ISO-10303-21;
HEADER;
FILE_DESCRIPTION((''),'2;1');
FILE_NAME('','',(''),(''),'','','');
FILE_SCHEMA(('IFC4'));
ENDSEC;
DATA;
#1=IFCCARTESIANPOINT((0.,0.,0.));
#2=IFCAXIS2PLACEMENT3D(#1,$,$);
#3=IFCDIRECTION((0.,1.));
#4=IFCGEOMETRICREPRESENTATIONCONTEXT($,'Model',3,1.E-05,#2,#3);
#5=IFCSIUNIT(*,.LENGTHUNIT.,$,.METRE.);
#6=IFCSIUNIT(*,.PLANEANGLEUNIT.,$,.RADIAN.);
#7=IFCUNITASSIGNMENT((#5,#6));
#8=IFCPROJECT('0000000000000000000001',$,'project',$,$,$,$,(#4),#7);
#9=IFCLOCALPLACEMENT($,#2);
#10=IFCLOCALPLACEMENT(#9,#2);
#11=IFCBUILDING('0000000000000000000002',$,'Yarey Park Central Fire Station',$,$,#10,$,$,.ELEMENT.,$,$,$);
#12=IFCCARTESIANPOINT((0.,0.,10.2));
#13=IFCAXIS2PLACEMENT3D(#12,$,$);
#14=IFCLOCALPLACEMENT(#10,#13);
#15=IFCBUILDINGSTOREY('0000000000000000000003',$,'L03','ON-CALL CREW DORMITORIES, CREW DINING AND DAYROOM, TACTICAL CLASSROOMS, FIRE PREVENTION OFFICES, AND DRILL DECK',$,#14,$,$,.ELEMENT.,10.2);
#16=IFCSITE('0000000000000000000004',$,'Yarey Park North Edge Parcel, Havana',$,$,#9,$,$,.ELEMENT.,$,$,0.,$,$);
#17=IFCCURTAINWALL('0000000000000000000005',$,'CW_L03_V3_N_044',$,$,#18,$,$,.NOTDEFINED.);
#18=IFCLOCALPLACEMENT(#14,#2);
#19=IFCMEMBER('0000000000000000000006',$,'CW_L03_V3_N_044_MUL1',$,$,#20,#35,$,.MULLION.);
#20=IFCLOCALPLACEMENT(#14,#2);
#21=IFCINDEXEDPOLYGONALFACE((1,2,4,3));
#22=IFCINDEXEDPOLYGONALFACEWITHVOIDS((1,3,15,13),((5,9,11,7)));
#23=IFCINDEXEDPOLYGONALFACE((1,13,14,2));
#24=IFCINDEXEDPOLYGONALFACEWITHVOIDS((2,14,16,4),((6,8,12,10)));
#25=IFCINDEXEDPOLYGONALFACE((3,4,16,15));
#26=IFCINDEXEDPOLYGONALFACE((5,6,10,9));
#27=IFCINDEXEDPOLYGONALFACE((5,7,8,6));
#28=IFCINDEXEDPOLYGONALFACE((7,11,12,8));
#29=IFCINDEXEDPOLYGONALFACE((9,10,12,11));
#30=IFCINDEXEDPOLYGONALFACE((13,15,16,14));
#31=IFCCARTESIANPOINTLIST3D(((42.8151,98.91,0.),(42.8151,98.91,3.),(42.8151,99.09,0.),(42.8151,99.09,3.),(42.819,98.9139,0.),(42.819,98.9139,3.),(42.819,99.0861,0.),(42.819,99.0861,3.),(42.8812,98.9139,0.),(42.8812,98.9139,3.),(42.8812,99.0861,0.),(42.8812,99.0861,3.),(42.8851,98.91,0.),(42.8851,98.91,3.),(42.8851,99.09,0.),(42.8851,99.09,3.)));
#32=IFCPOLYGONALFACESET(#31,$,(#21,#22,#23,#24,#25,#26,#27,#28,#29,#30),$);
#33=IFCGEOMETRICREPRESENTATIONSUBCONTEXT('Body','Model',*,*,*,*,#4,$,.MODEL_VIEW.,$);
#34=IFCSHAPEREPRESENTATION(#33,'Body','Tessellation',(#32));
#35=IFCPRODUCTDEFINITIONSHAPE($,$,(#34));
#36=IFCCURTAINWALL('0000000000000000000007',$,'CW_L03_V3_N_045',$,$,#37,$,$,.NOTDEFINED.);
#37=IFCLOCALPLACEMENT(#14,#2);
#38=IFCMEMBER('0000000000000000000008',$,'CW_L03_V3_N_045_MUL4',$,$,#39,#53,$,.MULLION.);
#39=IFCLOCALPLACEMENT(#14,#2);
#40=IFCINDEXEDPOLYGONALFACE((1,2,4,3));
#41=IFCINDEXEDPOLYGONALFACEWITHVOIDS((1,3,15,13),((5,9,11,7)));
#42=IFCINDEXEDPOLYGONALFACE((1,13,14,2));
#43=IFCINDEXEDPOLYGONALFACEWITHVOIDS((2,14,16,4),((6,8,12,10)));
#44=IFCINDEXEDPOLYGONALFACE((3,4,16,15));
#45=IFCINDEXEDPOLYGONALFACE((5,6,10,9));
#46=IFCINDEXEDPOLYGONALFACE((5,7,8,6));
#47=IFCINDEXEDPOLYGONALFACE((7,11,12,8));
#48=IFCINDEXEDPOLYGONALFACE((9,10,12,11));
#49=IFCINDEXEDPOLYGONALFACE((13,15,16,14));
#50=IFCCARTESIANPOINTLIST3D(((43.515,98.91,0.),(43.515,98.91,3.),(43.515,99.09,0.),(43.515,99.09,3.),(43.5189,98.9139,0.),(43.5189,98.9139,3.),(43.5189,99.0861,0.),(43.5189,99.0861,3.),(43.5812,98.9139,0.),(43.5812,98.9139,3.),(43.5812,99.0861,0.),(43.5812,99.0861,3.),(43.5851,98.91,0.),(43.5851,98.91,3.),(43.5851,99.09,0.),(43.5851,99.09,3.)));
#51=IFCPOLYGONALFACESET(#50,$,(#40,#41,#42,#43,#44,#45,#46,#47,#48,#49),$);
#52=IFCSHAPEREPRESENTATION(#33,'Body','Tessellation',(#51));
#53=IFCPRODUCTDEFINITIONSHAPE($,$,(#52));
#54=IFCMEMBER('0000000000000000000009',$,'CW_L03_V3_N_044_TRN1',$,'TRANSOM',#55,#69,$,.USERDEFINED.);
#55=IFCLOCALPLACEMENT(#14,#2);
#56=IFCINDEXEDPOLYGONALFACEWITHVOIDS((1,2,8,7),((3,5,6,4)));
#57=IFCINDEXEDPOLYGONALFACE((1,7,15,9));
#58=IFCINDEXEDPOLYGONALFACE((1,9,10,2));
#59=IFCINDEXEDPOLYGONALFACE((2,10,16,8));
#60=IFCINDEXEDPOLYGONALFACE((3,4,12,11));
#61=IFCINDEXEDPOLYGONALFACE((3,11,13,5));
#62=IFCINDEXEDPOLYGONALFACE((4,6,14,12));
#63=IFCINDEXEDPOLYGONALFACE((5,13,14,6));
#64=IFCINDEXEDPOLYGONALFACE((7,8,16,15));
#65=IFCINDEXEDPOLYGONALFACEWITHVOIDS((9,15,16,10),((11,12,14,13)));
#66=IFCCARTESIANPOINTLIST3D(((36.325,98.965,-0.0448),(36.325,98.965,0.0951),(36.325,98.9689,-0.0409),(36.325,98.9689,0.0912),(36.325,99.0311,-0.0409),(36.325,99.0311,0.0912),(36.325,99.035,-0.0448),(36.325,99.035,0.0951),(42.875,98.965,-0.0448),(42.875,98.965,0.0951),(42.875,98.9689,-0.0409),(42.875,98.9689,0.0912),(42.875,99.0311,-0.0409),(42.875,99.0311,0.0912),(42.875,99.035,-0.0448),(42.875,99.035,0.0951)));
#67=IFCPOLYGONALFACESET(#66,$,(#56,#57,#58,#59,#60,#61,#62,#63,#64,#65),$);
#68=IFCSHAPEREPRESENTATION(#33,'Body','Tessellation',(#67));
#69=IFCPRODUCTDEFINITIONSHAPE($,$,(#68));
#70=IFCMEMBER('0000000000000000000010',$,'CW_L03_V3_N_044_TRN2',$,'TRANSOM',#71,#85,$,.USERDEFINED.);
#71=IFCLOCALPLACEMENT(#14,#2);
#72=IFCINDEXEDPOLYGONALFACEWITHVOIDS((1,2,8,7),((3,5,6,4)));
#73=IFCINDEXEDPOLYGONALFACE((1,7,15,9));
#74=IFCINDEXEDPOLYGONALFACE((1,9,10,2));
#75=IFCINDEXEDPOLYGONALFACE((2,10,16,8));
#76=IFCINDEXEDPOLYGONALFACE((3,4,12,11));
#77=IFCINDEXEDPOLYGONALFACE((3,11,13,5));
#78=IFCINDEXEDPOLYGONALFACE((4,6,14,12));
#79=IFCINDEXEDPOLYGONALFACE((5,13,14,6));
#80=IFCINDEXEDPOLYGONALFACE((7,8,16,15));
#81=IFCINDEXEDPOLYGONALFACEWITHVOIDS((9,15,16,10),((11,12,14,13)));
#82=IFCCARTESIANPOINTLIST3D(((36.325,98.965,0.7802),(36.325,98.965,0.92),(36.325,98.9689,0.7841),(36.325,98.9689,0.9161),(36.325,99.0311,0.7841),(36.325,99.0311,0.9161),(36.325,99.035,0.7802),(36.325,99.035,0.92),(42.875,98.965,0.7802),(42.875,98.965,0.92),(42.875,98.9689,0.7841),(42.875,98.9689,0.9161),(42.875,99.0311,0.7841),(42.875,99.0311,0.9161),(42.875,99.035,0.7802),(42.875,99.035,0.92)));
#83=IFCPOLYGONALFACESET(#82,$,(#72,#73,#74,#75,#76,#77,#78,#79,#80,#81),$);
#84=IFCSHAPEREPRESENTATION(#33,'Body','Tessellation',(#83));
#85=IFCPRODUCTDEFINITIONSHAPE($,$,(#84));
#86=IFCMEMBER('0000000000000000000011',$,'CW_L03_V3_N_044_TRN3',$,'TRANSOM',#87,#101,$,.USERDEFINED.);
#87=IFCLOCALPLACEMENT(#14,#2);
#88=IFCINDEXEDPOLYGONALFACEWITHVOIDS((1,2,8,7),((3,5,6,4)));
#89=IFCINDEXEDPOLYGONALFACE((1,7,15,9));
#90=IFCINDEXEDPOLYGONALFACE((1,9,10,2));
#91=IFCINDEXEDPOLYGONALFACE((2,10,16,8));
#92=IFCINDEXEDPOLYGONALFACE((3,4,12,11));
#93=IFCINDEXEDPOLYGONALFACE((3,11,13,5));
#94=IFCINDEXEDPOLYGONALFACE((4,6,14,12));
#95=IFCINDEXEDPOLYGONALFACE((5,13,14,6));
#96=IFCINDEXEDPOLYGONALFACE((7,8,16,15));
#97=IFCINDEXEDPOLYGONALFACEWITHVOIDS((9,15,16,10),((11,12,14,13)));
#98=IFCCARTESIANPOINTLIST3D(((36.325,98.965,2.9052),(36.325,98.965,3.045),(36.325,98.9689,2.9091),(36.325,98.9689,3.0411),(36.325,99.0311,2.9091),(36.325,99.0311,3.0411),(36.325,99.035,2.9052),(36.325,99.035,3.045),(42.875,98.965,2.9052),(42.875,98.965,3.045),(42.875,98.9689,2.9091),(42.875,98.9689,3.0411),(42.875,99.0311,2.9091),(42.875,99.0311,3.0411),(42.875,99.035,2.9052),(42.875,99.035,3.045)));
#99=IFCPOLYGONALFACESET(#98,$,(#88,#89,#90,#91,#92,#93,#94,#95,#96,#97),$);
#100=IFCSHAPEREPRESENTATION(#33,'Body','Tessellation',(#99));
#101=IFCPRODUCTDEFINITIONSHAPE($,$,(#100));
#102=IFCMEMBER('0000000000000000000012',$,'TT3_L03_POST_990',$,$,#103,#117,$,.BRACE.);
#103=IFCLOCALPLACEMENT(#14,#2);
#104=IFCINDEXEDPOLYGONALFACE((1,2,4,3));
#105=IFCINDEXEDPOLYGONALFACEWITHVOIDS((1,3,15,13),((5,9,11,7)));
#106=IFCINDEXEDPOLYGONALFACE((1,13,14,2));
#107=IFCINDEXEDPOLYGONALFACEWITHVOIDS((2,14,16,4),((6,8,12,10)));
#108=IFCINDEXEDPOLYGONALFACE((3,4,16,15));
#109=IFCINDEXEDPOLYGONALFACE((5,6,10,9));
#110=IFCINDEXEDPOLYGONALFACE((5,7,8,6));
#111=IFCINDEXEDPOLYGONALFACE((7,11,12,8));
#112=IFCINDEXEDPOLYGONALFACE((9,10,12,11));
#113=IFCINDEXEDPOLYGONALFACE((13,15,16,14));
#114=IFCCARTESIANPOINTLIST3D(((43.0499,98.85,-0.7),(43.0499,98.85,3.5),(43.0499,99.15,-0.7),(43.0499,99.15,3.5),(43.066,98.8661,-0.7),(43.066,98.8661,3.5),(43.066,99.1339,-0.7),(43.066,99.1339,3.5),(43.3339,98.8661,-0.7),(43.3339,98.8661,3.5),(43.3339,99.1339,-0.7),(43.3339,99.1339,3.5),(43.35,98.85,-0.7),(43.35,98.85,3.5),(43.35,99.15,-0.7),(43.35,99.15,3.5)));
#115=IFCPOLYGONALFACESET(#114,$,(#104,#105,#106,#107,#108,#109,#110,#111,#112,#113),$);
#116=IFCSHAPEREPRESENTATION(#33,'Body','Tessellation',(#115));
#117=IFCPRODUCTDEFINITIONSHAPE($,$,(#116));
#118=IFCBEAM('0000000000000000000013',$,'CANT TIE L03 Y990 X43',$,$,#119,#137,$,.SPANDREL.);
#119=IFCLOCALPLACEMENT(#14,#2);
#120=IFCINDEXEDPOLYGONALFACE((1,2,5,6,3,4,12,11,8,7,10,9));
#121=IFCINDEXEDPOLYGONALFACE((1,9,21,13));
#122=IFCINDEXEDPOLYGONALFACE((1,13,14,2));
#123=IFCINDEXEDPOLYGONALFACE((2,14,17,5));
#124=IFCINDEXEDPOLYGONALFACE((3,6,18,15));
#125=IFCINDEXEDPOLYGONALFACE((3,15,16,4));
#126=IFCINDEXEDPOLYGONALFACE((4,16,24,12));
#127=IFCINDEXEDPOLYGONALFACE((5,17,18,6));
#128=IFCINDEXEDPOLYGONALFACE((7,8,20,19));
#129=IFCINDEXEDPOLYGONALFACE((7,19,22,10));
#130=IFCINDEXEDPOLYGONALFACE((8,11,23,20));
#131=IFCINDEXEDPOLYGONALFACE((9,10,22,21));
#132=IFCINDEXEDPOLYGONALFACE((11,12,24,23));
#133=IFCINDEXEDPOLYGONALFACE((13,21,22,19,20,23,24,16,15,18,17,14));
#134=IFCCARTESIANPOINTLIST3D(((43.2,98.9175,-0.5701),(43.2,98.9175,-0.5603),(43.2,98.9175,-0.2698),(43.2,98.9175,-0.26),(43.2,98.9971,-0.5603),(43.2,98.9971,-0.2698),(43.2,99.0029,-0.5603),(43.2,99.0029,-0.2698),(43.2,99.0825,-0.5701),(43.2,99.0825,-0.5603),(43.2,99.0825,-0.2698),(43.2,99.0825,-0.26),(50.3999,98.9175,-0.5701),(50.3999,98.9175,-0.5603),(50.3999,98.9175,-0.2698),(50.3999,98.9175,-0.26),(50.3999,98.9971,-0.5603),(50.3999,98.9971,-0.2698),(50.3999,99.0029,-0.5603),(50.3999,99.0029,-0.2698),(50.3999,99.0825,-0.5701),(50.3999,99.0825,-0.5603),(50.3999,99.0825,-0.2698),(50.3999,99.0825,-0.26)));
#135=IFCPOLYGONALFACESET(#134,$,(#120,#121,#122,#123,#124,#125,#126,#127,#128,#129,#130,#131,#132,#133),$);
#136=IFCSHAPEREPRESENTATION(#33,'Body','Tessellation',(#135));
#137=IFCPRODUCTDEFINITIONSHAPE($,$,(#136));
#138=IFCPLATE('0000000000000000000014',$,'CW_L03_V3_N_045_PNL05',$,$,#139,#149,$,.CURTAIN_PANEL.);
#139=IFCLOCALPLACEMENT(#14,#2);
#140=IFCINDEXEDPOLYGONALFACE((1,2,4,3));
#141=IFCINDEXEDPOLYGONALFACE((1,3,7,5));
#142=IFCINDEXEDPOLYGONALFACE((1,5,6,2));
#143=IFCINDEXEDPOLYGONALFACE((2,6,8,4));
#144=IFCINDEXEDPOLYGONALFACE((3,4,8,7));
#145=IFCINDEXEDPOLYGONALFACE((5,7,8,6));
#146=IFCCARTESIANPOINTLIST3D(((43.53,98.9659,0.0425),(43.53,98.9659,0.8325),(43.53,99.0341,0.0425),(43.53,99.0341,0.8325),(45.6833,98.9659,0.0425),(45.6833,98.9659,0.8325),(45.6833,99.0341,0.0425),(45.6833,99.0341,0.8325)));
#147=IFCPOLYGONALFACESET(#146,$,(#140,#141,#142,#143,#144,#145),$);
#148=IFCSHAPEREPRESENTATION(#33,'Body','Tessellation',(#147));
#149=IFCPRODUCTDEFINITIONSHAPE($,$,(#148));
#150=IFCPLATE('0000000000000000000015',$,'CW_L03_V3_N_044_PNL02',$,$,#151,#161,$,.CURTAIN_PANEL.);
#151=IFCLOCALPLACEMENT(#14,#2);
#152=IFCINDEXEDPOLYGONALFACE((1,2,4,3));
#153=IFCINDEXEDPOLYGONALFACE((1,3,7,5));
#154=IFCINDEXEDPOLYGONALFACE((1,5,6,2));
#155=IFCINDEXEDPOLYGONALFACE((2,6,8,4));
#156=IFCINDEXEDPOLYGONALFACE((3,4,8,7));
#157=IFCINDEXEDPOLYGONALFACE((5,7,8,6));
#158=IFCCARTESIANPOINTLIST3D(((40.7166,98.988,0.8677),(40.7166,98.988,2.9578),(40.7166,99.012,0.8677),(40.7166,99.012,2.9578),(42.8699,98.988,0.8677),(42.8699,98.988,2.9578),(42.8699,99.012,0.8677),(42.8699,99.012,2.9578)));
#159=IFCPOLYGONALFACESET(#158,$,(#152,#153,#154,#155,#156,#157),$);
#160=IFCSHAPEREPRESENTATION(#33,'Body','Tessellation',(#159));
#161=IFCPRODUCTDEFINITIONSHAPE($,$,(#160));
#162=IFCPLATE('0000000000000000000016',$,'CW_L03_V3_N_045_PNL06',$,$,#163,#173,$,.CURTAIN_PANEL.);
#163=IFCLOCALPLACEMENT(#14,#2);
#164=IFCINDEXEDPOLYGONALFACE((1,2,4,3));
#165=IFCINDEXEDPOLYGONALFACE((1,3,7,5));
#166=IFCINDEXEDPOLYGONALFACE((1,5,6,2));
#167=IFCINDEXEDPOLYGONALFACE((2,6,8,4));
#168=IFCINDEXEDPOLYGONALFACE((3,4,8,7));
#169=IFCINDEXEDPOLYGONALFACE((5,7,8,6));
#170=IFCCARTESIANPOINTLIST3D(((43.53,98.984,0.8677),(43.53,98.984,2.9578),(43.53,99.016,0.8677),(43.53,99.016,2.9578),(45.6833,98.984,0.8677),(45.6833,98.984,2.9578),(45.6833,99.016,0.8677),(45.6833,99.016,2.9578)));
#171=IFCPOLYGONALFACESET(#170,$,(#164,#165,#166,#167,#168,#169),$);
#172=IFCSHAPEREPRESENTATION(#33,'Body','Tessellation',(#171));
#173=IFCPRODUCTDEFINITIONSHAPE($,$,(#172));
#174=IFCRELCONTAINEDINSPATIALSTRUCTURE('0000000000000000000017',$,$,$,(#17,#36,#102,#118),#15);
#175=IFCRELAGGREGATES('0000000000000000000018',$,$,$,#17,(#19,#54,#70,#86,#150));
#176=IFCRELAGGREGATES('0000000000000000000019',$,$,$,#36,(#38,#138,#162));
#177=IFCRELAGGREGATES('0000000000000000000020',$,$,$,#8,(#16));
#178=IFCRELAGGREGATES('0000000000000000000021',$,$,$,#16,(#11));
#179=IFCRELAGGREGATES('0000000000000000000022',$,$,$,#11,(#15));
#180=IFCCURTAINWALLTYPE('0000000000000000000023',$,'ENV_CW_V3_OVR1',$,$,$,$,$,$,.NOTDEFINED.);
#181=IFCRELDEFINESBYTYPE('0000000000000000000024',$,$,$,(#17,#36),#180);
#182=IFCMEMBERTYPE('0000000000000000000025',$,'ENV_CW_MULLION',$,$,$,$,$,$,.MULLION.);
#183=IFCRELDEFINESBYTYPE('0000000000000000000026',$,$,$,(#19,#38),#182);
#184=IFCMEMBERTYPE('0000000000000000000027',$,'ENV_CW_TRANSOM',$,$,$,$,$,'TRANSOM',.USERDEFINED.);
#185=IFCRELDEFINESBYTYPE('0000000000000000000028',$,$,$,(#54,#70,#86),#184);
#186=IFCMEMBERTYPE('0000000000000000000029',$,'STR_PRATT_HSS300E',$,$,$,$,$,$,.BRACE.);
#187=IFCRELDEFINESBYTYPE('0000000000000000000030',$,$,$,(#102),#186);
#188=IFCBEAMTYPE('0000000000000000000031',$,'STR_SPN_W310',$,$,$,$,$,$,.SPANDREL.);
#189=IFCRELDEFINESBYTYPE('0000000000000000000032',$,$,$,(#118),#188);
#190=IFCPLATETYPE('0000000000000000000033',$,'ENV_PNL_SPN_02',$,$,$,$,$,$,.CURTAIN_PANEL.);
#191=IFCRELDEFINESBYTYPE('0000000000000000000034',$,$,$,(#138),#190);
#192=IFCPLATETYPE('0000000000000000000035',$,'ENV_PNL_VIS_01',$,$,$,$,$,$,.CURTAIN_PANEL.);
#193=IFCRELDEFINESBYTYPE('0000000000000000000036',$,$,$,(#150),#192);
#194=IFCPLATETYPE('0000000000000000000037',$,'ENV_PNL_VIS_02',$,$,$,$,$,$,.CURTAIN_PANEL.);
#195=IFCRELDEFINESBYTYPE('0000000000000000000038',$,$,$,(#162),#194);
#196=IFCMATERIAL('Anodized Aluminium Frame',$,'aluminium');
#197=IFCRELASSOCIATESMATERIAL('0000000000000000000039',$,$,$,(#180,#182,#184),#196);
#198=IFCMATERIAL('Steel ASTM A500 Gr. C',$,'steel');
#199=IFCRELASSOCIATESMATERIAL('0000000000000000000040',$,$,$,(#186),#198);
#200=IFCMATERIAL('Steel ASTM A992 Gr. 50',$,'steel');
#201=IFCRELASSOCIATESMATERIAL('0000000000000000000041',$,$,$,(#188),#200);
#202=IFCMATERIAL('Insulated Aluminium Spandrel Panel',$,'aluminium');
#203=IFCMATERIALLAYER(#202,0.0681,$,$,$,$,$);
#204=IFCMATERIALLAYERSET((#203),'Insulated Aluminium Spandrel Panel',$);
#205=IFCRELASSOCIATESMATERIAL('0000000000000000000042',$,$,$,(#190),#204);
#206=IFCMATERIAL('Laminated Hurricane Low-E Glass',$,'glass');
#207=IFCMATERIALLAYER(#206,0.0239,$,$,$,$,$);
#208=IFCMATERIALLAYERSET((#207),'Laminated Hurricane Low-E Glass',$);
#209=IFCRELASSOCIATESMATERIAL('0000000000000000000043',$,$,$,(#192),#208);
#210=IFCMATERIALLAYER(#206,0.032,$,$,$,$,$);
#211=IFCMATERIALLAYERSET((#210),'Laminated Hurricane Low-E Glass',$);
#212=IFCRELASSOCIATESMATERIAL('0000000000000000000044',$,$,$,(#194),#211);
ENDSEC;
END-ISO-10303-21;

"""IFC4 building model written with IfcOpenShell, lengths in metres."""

from ifc_helpers import new_model, si_unit, direction, frame, origin, origin_2d, place, context, subcontext, project, spatial, rectangle, hollow_rectangle, i_section, extrude, material, layer, layer_set, material_profile, profile_set, type_object, element, aggregate, save


model = new_model("IFC4")

# Units and contexts
model_context = context("Model", 3, precision=1e-05, world=origin(), true_north=direction((0.0, 1.0)))
body_context = subcontext(model_context, "Body", "Model", "MODEL_VIEW")
ifc_project = project(units=[si_unit("LENGTHUNIT", "METRE"), si_unit("PLANEANGLEUNIT", "RADIAN")], contexts=[model_context])

# Site, building, storey
site_placement = place(None, origin())
site = spatial("IfcSite", under=ifc_project, at=site_placement, Name="Yarey Park North Edge Parcel, Havana", CompositionType="ELEMENT", RefElevation=0.0)
building_placement = place(site_placement, origin())
building = spatial("IfcBuilding", under=site, at=building_placement, Name="Yarey Park Central Fire Station", CompositionType="ELEMENT")
storey_placement = place(building_placement, frame((0.0, 0.0, 10.2)))
storey = spatial("IfcBuildingStorey", under=building, at=storey_placement, Name="L03", Description="ON-CALL CREW DORMITORIES, CREW DINING AND DAYROOM, TACTICAL CLASSROOMS, FIRE PREVENTION OFFICES, AND DRILL DECK", CompositionType="ELEMENT", Elevation=10.2)

# Curtain walls, members
ifc_material_1 = material(Name="Anodized Aluminium Frame", Category="aluminium")
curtain_wall_type = type_object("IfcCurtainWallType", Name="ENV_CW_V3_OVR1", PredefinedType="NOTDEFINED", material=ifc_material_1)
curtain_wall_1_placement = place(storey_placement, origin())
curtain_wall_1 = element("IfcCurtainWall", 1, at=curtain_wall_1_placement, inside=storey, type_object=curtain_wall_type, Name="CW_L03_V3_N_044", PredefinedType="NOTDEFINED")
ifc_material_profile_1 = material_profile(ifc_material_1, hollow_rectangle(XDim=0.0701, YDim=0.1799, WallThickness=0.0039, at=origin_2d()), Name="ALU 180x70x4")
ifc_profile_set_1 = profile_set([ifc_material_profile_1], Name="Anodized Aluminium Frame")
member_type_1 = type_object("IfcMemberType", Name="ENV_CW_MULLION", PredefinedType="MULLION", material=ifc_profile_set_1)
member_1_placement = place(storey_placement, frame((42.8501, 99.0, 0.0), z_axis=(0.0, 0.0, 1.0), x_axis=(1.0, 0.0, 0.0)))
member_1 = element("IfcMember", 2, at=member_1_placement, type_object=member_type_1, Name="CW_L03_V3_N_044_MUL1", PredefinedType="MULLION", context=body_context, shape_type="SweptSolid", body=[
    extrude(hollow_rectangle(XDim=0.0701, YDim=0.1799, WallThickness=0.0039, at=origin_2d()), origin(), (0.0, 0.0, 1.0), 3.0),
])
curtain_wall_2_placement = place(storey_placement, origin())
curtain_wall_2 = element("IfcCurtainWall", 3, at=curtain_wall_2_placement, inside=storey, type_object=curtain_wall_type, Name="CW_L03_V3_N_045", PredefinedType="NOTDEFINED")
member_2_placement = place(storey_placement, frame((43.55, 99.0, 0.0), z_axis=(0.0, 0.0, 1.0), x_axis=(1.0, 0.0, 0.0)))
member_2 = element("IfcMember", 4, at=member_2_placement, type_object=member_type_1, Name="CW_L03_V3_N_045_MUL4", PredefinedType="MULLION", context=body_context, shape_type="SweptSolid", body=[
    extrude(hollow_rectangle(XDim=0.0701, YDim=0.1799, WallThickness=0.0039, at=origin_2d()), origin(), (0.0, 0.0, 1.0), 3.0),
])

# Members
ifc_material_profile_2 = material_profile(ifc_material_1, hollow_rectangle(XDim=0.0701, YDim=0.1399, WallThickness=0.0039, at=origin_2d()), Name="ALU 140x70x4")
ifc_profile_set_2 = profile_set([ifc_material_profile_2], Name="Anodized Aluminium Frame")
member_type_2 = type_object("IfcMemberType", Name="ENV_CW_TRANSOM", ElementType="TRANSOM", PredefinedType="USERDEFINED", material=ifc_profile_set_2)
member_3_placement = place(storey_placement, frame((42.875, 99.0, 0.0251), z_axis=(-1.0, 0.0, 0.0), x_axis=(0.0, -1.0, 0.0)))
member_3 = element("IfcMember", 5, at=member_3_placement, type_object=member_type_2, Name="CW_L03_V3_N_044_TRN1", ObjectType="TRANSOM", PredefinedType="USERDEFINED", context=body_context, shape_type="SweptSolid", body=[
    extrude(hollow_rectangle(XDim=0.0701, YDim=0.1399, WallThickness=0.0039, at=origin_2d()), origin(), (0.0, 0.0, 1.0), 6.55),
])
member_4_placement = place(storey_placement, frame((42.875, 99.0, 0.8501), z_axis=(-1.0, 0.0, 0.0), x_axis=(0.0, -1.0, 0.0)))
member_4 = element("IfcMember", 6, at=member_4_placement, type_object=member_type_2, Name="CW_L03_V3_N_044_TRN2", ObjectType="TRANSOM", PredefinedType="USERDEFINED", context=body_context, shape_type="SweptSolid", body=[
    extrude(hollow_rectangle(XDim=0.0701, YDim=0.1399, WallThickness=0.0039, at=origin_2d()), origin(), (0.0, 0.0, 1.0), 6.55),
])
member_5_placement = place(storey_placement, frame((42.875, 99.0, 2.9751), z_axis=(-1.0, 0.0, 0.0), x_axis=(0.0, -1.0, 0.0)))
member_5 = element("IfcMember", 7, at=member_5_placement, type_object=member_type_2, Name="CW_L03_V3_N_044_TRN3", ObjectType="TRANSOM", PredefinedType="USERDEFINED", context=body_context, shape_type="SweptSolid", body=[
    extrude(hollow_rectangle(XDim=0.0701, YDim=0.1399, WallThickness=0.0039, at=origin_2d()), origin(), (0.0, 0.0, 1.0), 6.55),
])
ifc_material_2 = material(Name="Steel ASTM A500 Gr. C", Category="steel")
ifc_material_profile_3 = material_profile(ifc_material_2, hollow_rectangle(XDim=0.3, YDim=0.3, WallThickness=0.0161, at=origin_2d()), Name="HSS 300x300x16")
ifc_profile_set_3 = profile_set([ifc_material_profile_3], Name="Steel ASTM A500 Gr. C")
member_type_3 = type_object("IfcMemberType", Name="STR_PRATT_HSS300E", PredefinedType="BRACE", material=ifc_profile_set_3)
member_6_placement = place(storey_placement, frame((43.2, 99.0, -0.7), z_axis=(0.0, 0.0, 1.0), x_axis=(1.0, 0.0, 0.0)))
element("IfcMember", 8, at=member_6_placement, inside=storey, type_object=member_type_3, Name="TT3_L03_POST_990", PredefinedType="BRACE", context=body_context, shape_type="SweptSolid", body=[
    extrude(hollow_rectangle(XDim=0.3, YDim=0.3, WallThickness=0.0161, at=origin_2d()), origin(), (0.0, 0.0, 1.0), 4.2),
])

# Beam
ifc_material_3 = material(Name="Steel ASTM A992 Gr. 50", Category="steel")
ifc_material_profile_4 = material_profile(ifc_material_3, i_section(OverallWidth=0.165, OverallDepth=0.3101, WebThickness=0.0059, FlangeThickness=0.0098, at=origin_2d()), Name="W310x39")
ifc_profile_set_4 = profile_set([ifc_material_profile_4], Name="Steel ASTM A992 Gr. 50")
beam_type = type_object("IfcBeamType", Name="STR_SPN_W310", PredefinedType="SPANDREL", material=ifc_profile_set_4)
beam_placement = place(storey_placement, frame((43.2, 99.0, -0.415), z_axis=(1.0, 0.0, 0.0), x_axis=(0.0, 1.0, 0.0)))
element("IfcBeam", 9, at=beam_placement, inside=storey, type_object=beam_type, Name="CANT TIE L03 Y990 X43", PredefinedType="SPANDREL", context=body_context, shape_type="SweptSolid", body=[
    extrude(i_section(OverallWidth=0.165, OverallDepth=0.3101, WebThickness=0.0059, FlangeThickness=0.0098, at=origin_2d()), origin(), (0.0, 0.0, 1.0), 7.2),
])

# Plates
ifc_material_4 = material(Name="Insulated Aluminium Spandrel Panel", Category="aluminium")
ifc_layer_1 = layer(ifc_material_4, 0.0681)
ifc_layer_set_1 = layer_set([ifc_layer_1], Name="Insulated Aluminium Spandrel Panel")
plate_type_1 = type_object("IfcPlateType", Name="ENV_PNL_SPN_02", PredefinedType="CURTAIN_PANEL", material=ifc_layer_set_1)
plate_1_placement = place(storey_placement, frame((44.6067, 99.0, 0.0425), z_axis=(0.0, 0.0, 1.0), x_axis=(-1.0, 0.0, 0.0)))
plate_1 = element("IfcPlate", 10, at=plate_1_placement, type_object=plate_type_1, Name="CW_L03_V3_N_045_PNL05", PredefinedType="CURTAIN_PANEL", context=body_context, shape_type="SweptSolid", body=[
    extrude(rectangle(XDim=2.1533, YDim=0.0681, at=origin_2d()), origin(), (0.0, 0.0, 1.0), 0.79),
])
ifc_material_5 = material(Name="Laminated Hurricane Low-E Glass", Category="glass")
ifc_layer_2 = layer(ifc_material_5, 0.0239)
ifc_layer_set_2 = layer_set([ifc_layer_2], Name="Laminated Hurricane Low-E Glass")
plate_type_2 = type_object("IfcPlateType", Name="ENV_PNL_VIS_01", PredefinedType="CURTAIN_PANEL", material=ifc_layer_set_2)
plate_2_placement = place(storey_placement, frame((41.7932, 99.0, 0.8677), z_axis=(0.0, 0.0, 1.0), x_axis=(-1.0, 0.0, 0.0)))
plate_2 = element("IfcPlate", 11, at=plate_2_placement, type_object=plate_type_2, Name="CW_L03_V3_N_044_PNL02", PredefinedType="CURTAIN_PANEL", context=body_context, shape_type="SweptSolid", body=[
    extrude(rectangle(XDim=2.1533, YDim=0.0239, at=origin_2d()), origin(), (0.0, 0.0, 1.0), 2.0901),
])
aggregate(curtain_wall_1, [member_1, member_3, member_4, member_5, plate_2])
ifc_layer_3 = layer(ifc_material_5, 0.032)
ifc_layer_set_3 = layer_set([ifc_layer_3], Name="Laminated Hurricane Low-E Glass")
plate_type_3 = type_object("IfcPlateType", Name="ENV_PNL_VIS_02", PredefinedType="CURTAIN_PANEL", material=ifc_layer_set_3)
plate_3_placement = place(storey_placement, frame((44.6067, 99.0, 0.8677), z_axis=(0.0, 0.0, 1.0), x_axis=(-1.0, 0.0, 0.0)))
plate_3 = element("IfcPlate", 12, at=plate_3_placement, type_object=plate_type_3, Name="CW_L03_V3_N_045_PNL06", PredefinedType="CURTAIN_PANEL", context=body_context, shape_type="SweptSolid", body=[
    extrude(rectangle(XDim=2.1533, YDim=0.032, at=origin_2d()), origin(), (0.0, 0.0, 1.0), 2.0901),
])
aggregate(curtain_wall_2, [member_2, plate_1, plate_3])

save(model, "model.ifc")
